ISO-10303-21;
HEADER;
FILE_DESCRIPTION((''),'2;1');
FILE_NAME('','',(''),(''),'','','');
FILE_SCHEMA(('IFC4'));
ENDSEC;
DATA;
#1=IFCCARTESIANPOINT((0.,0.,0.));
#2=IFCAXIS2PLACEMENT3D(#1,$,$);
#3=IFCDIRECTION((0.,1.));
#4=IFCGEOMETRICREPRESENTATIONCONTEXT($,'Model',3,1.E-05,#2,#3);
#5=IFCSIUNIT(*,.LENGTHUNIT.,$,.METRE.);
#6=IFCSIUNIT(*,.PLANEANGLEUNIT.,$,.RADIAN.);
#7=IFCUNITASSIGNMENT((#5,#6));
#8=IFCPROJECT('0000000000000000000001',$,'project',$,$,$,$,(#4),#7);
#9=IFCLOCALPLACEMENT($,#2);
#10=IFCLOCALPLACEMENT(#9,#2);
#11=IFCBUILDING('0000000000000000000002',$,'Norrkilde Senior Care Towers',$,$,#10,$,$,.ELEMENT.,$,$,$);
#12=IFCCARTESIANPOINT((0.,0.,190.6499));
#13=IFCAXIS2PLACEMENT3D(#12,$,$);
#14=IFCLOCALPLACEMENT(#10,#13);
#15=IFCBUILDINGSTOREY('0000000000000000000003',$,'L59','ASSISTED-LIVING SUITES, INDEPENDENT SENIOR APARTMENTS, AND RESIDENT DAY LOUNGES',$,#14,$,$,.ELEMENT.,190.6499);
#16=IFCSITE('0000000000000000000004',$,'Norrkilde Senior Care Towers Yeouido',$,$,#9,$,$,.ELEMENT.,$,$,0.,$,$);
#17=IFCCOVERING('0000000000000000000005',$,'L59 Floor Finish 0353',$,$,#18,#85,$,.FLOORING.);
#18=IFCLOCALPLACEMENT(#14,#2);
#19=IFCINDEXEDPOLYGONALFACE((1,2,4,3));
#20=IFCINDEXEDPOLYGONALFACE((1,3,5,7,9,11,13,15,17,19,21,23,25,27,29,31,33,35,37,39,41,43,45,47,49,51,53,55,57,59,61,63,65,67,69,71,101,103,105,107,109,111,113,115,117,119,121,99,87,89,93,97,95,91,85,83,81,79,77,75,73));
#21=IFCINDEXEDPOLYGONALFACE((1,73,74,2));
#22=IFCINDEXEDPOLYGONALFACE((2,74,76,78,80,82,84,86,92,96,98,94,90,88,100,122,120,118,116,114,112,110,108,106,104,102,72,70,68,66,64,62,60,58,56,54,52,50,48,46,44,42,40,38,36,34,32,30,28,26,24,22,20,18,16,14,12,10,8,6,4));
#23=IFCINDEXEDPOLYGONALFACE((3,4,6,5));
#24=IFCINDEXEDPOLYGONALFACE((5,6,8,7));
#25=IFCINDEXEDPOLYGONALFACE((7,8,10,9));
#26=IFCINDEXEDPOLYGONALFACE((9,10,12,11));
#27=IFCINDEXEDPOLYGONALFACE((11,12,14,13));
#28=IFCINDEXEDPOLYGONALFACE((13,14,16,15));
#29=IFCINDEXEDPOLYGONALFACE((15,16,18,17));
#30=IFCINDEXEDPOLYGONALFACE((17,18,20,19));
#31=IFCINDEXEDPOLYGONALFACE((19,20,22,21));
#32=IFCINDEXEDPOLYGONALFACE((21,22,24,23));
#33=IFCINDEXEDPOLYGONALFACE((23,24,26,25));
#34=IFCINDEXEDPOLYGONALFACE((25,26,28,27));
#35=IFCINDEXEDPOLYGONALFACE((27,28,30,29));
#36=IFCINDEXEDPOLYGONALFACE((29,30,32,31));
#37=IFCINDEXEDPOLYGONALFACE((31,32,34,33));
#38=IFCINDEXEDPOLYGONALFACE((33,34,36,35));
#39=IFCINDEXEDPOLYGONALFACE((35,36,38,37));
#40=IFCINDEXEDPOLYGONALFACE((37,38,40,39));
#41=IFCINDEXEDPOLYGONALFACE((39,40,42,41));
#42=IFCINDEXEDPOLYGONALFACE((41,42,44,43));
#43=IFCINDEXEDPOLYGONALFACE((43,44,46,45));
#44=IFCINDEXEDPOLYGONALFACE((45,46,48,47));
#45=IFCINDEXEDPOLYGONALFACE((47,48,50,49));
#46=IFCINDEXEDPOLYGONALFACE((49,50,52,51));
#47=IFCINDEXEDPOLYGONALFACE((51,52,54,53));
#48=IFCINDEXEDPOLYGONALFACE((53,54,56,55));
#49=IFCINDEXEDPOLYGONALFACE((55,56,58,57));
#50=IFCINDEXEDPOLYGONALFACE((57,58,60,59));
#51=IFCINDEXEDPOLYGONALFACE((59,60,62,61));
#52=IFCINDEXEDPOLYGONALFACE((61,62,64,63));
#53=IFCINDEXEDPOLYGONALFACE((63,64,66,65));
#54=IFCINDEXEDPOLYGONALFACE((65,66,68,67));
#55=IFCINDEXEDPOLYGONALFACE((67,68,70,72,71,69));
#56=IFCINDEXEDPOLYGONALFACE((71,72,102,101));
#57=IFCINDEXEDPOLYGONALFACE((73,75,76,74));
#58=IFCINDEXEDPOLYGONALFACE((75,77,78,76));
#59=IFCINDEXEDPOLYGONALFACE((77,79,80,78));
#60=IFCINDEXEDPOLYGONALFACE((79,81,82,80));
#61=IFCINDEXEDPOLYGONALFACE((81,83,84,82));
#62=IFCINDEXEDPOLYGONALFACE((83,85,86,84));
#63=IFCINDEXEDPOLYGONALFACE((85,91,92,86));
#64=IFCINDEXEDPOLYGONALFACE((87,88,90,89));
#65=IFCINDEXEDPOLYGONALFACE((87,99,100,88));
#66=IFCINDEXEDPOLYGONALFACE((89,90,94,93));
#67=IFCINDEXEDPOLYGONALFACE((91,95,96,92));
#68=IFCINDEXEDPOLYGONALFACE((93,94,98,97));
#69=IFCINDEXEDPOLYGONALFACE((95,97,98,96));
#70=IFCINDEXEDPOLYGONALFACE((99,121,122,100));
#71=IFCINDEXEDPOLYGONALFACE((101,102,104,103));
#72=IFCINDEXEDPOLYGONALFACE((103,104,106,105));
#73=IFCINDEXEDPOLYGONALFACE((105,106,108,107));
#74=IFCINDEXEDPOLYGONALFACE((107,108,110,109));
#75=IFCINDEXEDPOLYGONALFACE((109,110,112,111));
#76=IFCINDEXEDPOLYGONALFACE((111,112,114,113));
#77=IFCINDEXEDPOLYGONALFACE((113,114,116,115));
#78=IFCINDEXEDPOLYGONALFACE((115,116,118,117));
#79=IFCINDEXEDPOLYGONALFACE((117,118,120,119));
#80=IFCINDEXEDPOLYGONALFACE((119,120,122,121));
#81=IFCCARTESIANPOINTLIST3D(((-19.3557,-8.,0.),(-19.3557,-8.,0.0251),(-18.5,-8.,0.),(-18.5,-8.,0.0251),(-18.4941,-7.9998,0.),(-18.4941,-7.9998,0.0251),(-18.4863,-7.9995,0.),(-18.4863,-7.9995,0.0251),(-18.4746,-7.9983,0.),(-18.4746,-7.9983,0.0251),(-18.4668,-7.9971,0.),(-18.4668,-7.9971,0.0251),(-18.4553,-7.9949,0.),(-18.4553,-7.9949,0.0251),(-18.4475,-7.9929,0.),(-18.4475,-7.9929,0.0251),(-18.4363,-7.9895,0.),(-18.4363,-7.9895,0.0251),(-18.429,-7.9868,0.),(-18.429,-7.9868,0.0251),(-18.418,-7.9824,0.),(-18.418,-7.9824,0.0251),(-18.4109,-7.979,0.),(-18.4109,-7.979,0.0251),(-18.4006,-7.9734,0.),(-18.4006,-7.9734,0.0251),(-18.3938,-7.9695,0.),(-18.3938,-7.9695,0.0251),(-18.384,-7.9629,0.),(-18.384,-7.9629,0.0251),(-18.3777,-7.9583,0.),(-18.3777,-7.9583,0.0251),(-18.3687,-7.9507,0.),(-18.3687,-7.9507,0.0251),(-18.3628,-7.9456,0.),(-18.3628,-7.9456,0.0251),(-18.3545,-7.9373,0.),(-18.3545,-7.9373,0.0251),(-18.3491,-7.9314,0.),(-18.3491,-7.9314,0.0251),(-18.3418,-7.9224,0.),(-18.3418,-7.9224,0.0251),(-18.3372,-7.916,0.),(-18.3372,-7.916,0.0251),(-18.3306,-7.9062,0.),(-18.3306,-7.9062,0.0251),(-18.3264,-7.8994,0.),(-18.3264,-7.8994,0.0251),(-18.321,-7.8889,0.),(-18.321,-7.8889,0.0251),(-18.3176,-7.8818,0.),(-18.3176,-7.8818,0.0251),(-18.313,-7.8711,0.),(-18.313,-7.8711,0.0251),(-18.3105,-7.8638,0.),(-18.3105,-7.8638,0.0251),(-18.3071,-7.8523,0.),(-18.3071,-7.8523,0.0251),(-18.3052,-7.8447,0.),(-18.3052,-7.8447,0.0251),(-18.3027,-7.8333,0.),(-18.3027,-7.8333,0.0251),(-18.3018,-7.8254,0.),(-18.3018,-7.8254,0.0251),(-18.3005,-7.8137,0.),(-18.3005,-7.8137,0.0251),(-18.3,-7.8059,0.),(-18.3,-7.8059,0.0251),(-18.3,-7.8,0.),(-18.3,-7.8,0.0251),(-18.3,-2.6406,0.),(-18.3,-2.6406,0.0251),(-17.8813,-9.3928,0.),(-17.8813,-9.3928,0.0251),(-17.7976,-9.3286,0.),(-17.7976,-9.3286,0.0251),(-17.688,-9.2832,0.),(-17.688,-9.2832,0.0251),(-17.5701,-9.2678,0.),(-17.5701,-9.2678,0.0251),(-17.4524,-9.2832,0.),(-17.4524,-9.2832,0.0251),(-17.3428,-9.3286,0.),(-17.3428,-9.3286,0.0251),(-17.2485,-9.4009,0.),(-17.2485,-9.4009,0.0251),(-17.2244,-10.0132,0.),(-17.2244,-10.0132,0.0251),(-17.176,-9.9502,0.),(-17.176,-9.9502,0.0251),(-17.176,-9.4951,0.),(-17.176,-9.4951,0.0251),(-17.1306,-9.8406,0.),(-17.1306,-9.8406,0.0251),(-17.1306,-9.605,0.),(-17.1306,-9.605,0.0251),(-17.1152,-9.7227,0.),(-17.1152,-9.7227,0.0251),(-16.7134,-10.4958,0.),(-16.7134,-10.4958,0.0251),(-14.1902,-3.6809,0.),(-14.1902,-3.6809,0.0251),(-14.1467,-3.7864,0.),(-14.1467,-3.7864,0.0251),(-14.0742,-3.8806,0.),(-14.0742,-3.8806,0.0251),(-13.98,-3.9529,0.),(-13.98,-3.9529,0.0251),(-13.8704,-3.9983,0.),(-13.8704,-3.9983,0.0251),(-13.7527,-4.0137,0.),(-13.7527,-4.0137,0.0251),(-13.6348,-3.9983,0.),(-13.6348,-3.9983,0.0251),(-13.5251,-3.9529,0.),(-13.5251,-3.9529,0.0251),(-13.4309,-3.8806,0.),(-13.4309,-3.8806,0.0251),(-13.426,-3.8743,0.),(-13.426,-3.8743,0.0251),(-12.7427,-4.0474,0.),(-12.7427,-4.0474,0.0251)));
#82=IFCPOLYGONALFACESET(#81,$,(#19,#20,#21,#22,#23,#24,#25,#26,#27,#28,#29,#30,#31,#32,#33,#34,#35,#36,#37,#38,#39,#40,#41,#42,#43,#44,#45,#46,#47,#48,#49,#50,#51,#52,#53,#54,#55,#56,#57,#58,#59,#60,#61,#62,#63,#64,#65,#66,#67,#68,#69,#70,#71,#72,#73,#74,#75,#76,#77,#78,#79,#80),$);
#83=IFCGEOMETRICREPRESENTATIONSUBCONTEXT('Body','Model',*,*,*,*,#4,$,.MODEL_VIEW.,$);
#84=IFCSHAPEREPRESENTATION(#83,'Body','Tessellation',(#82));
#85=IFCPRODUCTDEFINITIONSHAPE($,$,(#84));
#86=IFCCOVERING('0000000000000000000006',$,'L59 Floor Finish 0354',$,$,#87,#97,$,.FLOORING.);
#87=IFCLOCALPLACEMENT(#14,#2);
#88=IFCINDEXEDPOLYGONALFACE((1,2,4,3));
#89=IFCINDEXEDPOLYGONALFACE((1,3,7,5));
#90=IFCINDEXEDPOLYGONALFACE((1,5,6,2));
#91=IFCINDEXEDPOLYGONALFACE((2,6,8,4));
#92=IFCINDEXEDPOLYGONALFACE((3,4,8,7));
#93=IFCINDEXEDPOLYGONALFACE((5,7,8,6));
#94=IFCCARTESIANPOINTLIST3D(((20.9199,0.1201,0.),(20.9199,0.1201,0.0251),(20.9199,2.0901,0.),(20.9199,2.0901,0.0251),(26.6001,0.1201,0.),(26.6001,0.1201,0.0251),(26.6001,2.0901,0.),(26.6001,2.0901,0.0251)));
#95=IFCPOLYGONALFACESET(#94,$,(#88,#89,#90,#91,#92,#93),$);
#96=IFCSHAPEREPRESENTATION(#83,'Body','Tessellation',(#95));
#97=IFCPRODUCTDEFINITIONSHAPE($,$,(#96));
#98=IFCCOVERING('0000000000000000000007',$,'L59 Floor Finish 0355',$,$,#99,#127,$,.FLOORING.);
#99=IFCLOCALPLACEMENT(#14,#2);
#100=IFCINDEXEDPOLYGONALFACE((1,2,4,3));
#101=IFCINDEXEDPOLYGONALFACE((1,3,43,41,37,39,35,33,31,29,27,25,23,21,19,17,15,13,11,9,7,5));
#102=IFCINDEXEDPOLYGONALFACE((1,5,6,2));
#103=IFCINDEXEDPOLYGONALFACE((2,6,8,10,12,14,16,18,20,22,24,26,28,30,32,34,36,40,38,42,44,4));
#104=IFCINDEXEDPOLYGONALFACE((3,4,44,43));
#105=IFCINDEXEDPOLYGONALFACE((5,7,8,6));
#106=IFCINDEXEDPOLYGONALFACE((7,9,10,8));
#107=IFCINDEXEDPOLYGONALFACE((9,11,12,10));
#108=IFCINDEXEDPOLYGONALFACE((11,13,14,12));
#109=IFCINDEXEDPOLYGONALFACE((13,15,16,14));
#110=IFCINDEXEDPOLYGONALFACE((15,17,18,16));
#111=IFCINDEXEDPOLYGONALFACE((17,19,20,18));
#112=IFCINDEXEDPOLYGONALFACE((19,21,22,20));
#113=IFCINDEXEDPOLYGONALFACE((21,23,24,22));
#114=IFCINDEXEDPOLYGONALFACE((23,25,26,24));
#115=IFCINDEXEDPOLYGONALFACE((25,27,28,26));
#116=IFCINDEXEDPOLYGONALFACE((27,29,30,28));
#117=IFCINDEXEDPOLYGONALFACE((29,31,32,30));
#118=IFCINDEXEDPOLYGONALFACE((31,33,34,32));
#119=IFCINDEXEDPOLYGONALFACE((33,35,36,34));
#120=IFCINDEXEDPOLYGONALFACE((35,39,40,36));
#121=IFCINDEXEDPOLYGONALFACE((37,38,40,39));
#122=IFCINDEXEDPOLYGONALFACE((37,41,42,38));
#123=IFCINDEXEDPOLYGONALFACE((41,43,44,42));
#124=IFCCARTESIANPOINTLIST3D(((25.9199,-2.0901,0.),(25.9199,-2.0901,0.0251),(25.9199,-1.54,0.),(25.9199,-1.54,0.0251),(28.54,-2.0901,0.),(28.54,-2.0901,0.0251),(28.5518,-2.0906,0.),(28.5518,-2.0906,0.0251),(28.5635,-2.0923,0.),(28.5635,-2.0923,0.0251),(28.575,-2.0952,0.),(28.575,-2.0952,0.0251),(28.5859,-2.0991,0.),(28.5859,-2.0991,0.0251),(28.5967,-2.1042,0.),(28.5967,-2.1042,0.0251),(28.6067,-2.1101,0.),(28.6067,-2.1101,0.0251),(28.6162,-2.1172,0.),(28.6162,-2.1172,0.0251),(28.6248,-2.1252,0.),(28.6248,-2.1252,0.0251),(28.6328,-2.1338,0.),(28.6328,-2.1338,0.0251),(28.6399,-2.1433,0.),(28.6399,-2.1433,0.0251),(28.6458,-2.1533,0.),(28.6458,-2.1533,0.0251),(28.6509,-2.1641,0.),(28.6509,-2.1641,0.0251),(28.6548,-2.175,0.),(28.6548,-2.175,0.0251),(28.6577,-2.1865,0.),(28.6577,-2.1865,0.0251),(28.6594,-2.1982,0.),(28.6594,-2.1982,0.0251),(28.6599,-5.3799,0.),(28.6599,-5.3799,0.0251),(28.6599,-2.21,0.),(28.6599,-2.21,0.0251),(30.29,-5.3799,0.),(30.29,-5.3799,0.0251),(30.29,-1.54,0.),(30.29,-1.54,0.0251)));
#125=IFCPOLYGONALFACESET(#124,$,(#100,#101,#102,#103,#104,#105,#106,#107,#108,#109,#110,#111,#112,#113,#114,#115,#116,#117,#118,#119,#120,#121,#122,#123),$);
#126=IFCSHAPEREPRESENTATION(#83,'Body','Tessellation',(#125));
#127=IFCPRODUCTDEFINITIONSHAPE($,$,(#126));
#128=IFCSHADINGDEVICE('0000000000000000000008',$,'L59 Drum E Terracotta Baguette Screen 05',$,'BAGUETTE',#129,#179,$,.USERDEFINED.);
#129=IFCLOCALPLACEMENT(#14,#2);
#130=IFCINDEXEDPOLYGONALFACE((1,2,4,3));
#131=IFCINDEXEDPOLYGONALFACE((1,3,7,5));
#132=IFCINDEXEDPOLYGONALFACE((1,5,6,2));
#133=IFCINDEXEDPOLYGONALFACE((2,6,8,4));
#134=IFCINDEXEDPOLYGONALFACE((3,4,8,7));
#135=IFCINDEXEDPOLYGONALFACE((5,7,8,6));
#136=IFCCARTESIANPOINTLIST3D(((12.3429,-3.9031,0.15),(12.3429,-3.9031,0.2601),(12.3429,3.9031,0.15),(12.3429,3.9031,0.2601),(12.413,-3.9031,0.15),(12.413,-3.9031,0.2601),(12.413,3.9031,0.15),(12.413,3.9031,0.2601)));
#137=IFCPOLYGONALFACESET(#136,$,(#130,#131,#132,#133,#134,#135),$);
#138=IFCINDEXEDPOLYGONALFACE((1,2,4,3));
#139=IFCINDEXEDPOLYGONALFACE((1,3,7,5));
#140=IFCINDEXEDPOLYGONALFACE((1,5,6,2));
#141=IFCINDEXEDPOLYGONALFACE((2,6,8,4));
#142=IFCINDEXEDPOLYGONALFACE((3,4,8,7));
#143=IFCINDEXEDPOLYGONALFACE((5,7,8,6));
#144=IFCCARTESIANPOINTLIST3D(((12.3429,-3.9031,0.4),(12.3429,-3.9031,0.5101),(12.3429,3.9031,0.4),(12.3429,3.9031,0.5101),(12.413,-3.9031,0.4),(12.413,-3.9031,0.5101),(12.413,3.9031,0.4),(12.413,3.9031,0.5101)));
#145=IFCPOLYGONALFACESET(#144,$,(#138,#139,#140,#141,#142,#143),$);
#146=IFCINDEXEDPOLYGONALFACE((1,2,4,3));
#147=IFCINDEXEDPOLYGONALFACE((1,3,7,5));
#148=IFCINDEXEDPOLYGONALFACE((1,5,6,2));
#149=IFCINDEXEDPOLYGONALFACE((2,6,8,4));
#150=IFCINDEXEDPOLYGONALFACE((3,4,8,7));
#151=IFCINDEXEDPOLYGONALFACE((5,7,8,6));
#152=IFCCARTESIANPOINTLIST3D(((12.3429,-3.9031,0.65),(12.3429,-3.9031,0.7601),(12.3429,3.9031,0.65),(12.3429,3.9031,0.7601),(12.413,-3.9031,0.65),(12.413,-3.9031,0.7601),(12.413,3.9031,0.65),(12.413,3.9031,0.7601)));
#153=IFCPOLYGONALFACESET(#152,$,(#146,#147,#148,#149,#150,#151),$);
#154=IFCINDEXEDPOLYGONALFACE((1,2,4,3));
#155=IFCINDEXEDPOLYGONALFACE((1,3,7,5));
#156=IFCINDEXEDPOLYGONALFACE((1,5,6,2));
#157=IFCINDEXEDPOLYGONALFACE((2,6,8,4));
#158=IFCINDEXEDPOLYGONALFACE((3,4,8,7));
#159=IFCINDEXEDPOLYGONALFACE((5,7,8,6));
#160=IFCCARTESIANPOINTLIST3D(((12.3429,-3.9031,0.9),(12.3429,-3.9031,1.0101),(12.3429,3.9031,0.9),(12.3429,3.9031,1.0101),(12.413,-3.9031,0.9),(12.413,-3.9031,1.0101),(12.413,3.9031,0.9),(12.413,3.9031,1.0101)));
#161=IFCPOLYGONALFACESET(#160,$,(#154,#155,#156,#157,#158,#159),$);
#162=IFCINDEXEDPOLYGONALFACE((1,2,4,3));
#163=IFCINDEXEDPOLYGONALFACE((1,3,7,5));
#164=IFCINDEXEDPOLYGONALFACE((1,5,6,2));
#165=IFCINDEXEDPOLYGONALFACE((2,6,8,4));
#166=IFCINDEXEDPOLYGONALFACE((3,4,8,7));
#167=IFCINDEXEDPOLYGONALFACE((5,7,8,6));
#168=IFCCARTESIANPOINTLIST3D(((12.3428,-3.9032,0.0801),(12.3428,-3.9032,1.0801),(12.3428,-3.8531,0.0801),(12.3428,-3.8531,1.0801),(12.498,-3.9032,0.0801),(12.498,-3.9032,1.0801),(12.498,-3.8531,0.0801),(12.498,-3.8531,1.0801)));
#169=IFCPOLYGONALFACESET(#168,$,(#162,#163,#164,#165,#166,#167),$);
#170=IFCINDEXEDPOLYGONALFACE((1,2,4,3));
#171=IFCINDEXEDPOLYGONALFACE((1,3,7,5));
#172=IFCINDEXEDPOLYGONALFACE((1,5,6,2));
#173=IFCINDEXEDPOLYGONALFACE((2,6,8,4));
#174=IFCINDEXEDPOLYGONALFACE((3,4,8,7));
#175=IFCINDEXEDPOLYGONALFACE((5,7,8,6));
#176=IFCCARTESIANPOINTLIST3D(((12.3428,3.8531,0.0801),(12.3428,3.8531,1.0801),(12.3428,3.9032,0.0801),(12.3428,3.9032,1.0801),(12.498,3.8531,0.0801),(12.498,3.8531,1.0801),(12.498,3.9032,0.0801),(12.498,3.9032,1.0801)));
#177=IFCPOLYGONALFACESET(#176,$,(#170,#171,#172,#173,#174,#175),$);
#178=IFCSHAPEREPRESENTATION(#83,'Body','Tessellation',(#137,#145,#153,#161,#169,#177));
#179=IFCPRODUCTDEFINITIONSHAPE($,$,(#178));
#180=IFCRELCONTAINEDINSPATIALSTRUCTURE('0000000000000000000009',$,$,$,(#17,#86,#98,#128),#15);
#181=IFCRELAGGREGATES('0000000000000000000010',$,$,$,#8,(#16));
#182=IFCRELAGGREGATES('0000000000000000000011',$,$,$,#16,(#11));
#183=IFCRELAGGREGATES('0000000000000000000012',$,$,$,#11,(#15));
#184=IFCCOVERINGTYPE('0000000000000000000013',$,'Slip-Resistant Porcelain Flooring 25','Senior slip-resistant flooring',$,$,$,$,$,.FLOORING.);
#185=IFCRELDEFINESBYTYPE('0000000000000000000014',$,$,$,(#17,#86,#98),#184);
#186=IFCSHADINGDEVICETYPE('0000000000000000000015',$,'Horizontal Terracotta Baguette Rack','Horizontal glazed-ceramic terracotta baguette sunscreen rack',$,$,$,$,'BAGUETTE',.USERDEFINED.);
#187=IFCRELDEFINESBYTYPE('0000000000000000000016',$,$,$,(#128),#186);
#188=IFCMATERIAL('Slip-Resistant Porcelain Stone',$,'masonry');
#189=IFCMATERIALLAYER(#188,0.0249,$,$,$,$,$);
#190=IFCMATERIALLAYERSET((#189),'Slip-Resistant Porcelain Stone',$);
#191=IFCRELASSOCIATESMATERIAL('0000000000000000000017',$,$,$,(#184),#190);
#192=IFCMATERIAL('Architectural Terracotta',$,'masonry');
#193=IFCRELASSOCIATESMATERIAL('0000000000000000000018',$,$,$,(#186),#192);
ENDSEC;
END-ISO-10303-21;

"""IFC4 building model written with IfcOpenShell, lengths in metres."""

from ifc_helpers import new_model, si_unit, direction, frame, origin, origin_2d, place, context, subcontext, project, spatial, polyline, rectangle, outline, extrude, source, transform, mapped, material, layer, layer_set, type_object, type_shapes, element, save


model = new_model("IFC4")

# Units and contexts
model_context = context("Model", 3, precision=1e-05, world=origin(), true_north=direction((0.0, 1.0)))
body_context = subcontext(model_context, "Body", "Model", "MODEL_VIEW")
ifc_project = project(units=[si_unit("LENGTHUNIT", "METRE"), si_unit("PLANEANGLEUNIT", "RADIAN")], contexts=[model_context])

# Site, building, storey
site_placement = place(None, origin())
site = spatial("IfcSite", under=ifc_project, at=site_placement, Name="Norrkilde Senior Care Towers Yeouido", CompositionType="ELEMENT", RefElevation=0.0)
building_placement = place(site_placement, origin())
building = spatial("IfcBuilding", under=site, at=building_placement, Name="Norrkilde Senior Care Towers", CompositionType="ELEMENT")
storey_placement = place(building_placement, frame((0.0, 0.0, 190.6499)))
storey = spatial("IfcBuildingStorey", under=building, at=storey_placement, Name="L59", Description="ASSISTED-LIVING SUITES, INDEPENDENT SENIOR APARTMENTS, AND RESIDENT DAY LOUNGES", CompositionType="ELEMENT", Elevation=190.6499)

# Coverings
ifc_material_1 = material(Name="Slip-Resistant Porcelain Stone", Category="masonry")
ifc_layer_1 = layer(ifc_material_1, 0.0249)
ifc_layer_set_1 = layer_set([ifc_layer_1], Name="Slip-Resistant Porcelain Stone")
covering_type_1 = type_object("IfcCoveringType", Name="Slip-Resistant Porcelain Flooring 25", Description="Senior slip-resistant flooring", PredefinedType="FLOORING", material=ifc_layer_set_1)
covering_1_placement = place(storey_placement, origin())
element("IfcCovering", 1, at=covering_1_placement, inside=storey, type_object=covering_type_1, Name="L59 Floor Finish 0353", PredefinedType="FLOORING", context=body_context, shape_type="SweptSolid", body=[
    extrude(outline(polyline([(-18.4475, -7.9929), (-18.4363, -7.9895), (-18.429, -7.9868), (-18.418, -7.9824), (-18.4109, -7.979), (-18.4006, -7.9734), (-18.3938, -7.9695), (-18.384, -7.9629), (-18.3777, -7.9583), (-18.3687, -7.9507), (-18.3628, -7.9456), (-18.3545, -7.9373), (-18.3491, -7.9314), (-18.3418, -7.9224), (-18.3372, -7.916), (-18.3306, -7.9062), (-18.3264, -7.8994), (-18.321, -7.8889), (-18.3176, -7.8818), (-18.313, -7.8711), (-18.3105, -7.8638), (-18.3071, -7.8523), (-18.3052, -7.8447), (-18.3027, -7.8333), (-18.3018, -7.8254), (-18.3005, -7.8137), (-18.3, -7.8059), (-18.3, -7.8), (-18.3, -2.6406), (-14.1902, -3.6809), (-14.1467, -3.7864), (-14.0742, -3.8806), (-13.98, -3.9529), (-13.8704, -3.9983), (-13.7527, -4.0137), (-13.6348, -3.9983), (-13.5251, -3.9529), (-13.4309, -3.8806), (-13.426, -3.8743), (-12.7427, -4.0474), (-16.7134, -10.4958), (-17.2244, -10.0132), (-17.176, -9.9502), (-17.1306, -9.8406), (-17.1152, -9.7227), (-17.1306, -9.605), (-17.176, -9.4951), (-17.2485, -9.4009), (-17.3428, -9.3286), (-17.4524, -9.2832), (-17.5701, -9.2678), (-17.688, -9.2832), (-17.7976, -9.3286), (-17.8813, -9.3928), (-19.3557, -8.0), (-18.5, -8.0), (-18.4941, -7.9998), (-18.4863, -7.9995), (-18.4746, -7.9983), (-18.4668, -7.9971), (-18.4553, -7.9949), (-18.4475, -7.9929)])), origin(), (0.0, 0.0, 1.0), 0.0251),
])
covering_2_placement = place(storey_placement, origin())
element("IfcCovering", 2, at=covering_2_placement, inside=storey, type_object=covering_type_1, Name="L59 Floor Finish 0354", PredefinedType="FLOORING", context=body_context, shape_type="SweptSolid", body=[
    extrude(outline(polyline([(20.9199, 0.1201), (20.9199, 2.0901), (26.6001, 2.0901), (26.6001, 0.1201), (20.9199, 0.1201)])), origin(), (0.0, 0.0, 1.0), 0.0251),
])
covering_3_placement = place(storey_placement, origin())
element("IfcCovering", 3, at=covering_3_placement, inside=storey, type_object=covering_type_1, Name="L59 Floor Finish 0355", PredefinedType="FLOORING", context=body_context, shape_type="SweptSolid", body=[
    extrude(outline(polyline([(28.6548, -2.175), (28.6509, -2.1641), (28.6458, -2.1533), (28.6399, -2.1433), (28.6328, -2.1338), (28.6248, -2.1252), (28.6162, -2.1172), (28.6067, -2.1101), (28.5967, -2.1042), (28.5859, -2.0991), (28.575, -2.0952), (28.5635, -2.0923), (28.5518, -2.0906), (28.54, -2.0901), (25.9199, -2.0901), (25.9199, -1.54), (30.29, -1.54), (30.29, -5.3799), (28.6599, -5.3799), (28.6599, -2.21), (28.6594, -2.1982), (28.6577, -2.1865), (28.6548, -2.175)])), origin(), (0.0, 0.0, 1.0), 0.0251),
])

# Shading device
ifc_material_2 = material(Name="Architectural Terracotta", Category="masonry")
shading_device_type = type_object("IfcShadingDeviceType", Name="Horizontal Terracotta Baguette Rack", Description="Horizontal glazed-ceramic terracotta baguette sunscreen rack", ElementType="BAGUETTE", PredefinedType="USERDEFINED", material=ifc_material_2)
shared_shape_1 = source(origin(), body_context, "Body", "SweptSolid", [
    extrude(rectangle(XDim=0.0701, YDim=0.1101, at=origin_2d()), frame((0.0, 0.0901, 0.125), z_axis=(1.0, 0.0, 0.0), x_axis=(0.0, 1.0, 0.0)), (0.0, 0.0, 1.0), 7.8062),
    extrude(rectangle(XDim=0.0701, YDim=0.1101, at=origin_2d()), frame((0.0, 0.0901, 0.375), z_axis=(1.0, 0.0, 0.0), x_axis=(0.0, 1.0, 0.0)), (0.0, 0.0, 1.0), 7.8062),
    extrude(rectangle(XDim=0.0701, YDim=0.1101, at=origin_2d()), frame((0.0, 0.0901, 0.625), z_axis=(1.0, 0.0, 0.0), x_axis=(0.0, 1.0, 0.0)), (0.0, 0.0, 1.0), 7.8062),
    extrude(rectangle(XDim=0.0701, YDim=0.1101, at=origin_2d()), frame((0.0, 0.0901, 0.875), z_axis=(1.0, 0.0, 0.0), x_axis=(0.0, 1.0, 0.0)), (0.0, 0.0, 1.0), 7.8062),
    extrude(rectangle(XDim=0.05, YDim=0.1553, at=origin_2d()), frame((0.0249, 0.0476, 0.0)), (0.0, 0.0, 1.0), 1.0),
    extrude(rectangle(XDim=0.05, YDim=0.1553, at=origin_2d()), frame((7.7812, 0.0476, 0.0)), (0.0, 0.0, 1.0), 1.0),
])
type_shapes(shading_device_type, [shared_shape_1])
shading_device_placement = place(storey_placement, frame((12.468, -3.9031, 0.0801), z_axis=(0.0, 0.0, 1.0), x_axis=(0.0, 1.0, 0.0)))
element("IfcShadingDevice", 4, at=shading_device_placement, inside=storey, type_object=shading_device_type, Name="L59 Drum E Terracotta Baguette Screen 05", ObjectType="BAGUETTE", PredefinedType="USERDEFINED", context=body_context, shape_type="MappedRepresentation", body=[
    mapped(shared_shape_1, transform((0.0, 0.0, 0.0), x_axis=(1.0, 0.0, 0.0), y_axis=(0.0, 1.0, 0.0), z_axis=(0.0, 0.0, 1.0), scale=1.0)),
])

save(model, "model.ifc")
